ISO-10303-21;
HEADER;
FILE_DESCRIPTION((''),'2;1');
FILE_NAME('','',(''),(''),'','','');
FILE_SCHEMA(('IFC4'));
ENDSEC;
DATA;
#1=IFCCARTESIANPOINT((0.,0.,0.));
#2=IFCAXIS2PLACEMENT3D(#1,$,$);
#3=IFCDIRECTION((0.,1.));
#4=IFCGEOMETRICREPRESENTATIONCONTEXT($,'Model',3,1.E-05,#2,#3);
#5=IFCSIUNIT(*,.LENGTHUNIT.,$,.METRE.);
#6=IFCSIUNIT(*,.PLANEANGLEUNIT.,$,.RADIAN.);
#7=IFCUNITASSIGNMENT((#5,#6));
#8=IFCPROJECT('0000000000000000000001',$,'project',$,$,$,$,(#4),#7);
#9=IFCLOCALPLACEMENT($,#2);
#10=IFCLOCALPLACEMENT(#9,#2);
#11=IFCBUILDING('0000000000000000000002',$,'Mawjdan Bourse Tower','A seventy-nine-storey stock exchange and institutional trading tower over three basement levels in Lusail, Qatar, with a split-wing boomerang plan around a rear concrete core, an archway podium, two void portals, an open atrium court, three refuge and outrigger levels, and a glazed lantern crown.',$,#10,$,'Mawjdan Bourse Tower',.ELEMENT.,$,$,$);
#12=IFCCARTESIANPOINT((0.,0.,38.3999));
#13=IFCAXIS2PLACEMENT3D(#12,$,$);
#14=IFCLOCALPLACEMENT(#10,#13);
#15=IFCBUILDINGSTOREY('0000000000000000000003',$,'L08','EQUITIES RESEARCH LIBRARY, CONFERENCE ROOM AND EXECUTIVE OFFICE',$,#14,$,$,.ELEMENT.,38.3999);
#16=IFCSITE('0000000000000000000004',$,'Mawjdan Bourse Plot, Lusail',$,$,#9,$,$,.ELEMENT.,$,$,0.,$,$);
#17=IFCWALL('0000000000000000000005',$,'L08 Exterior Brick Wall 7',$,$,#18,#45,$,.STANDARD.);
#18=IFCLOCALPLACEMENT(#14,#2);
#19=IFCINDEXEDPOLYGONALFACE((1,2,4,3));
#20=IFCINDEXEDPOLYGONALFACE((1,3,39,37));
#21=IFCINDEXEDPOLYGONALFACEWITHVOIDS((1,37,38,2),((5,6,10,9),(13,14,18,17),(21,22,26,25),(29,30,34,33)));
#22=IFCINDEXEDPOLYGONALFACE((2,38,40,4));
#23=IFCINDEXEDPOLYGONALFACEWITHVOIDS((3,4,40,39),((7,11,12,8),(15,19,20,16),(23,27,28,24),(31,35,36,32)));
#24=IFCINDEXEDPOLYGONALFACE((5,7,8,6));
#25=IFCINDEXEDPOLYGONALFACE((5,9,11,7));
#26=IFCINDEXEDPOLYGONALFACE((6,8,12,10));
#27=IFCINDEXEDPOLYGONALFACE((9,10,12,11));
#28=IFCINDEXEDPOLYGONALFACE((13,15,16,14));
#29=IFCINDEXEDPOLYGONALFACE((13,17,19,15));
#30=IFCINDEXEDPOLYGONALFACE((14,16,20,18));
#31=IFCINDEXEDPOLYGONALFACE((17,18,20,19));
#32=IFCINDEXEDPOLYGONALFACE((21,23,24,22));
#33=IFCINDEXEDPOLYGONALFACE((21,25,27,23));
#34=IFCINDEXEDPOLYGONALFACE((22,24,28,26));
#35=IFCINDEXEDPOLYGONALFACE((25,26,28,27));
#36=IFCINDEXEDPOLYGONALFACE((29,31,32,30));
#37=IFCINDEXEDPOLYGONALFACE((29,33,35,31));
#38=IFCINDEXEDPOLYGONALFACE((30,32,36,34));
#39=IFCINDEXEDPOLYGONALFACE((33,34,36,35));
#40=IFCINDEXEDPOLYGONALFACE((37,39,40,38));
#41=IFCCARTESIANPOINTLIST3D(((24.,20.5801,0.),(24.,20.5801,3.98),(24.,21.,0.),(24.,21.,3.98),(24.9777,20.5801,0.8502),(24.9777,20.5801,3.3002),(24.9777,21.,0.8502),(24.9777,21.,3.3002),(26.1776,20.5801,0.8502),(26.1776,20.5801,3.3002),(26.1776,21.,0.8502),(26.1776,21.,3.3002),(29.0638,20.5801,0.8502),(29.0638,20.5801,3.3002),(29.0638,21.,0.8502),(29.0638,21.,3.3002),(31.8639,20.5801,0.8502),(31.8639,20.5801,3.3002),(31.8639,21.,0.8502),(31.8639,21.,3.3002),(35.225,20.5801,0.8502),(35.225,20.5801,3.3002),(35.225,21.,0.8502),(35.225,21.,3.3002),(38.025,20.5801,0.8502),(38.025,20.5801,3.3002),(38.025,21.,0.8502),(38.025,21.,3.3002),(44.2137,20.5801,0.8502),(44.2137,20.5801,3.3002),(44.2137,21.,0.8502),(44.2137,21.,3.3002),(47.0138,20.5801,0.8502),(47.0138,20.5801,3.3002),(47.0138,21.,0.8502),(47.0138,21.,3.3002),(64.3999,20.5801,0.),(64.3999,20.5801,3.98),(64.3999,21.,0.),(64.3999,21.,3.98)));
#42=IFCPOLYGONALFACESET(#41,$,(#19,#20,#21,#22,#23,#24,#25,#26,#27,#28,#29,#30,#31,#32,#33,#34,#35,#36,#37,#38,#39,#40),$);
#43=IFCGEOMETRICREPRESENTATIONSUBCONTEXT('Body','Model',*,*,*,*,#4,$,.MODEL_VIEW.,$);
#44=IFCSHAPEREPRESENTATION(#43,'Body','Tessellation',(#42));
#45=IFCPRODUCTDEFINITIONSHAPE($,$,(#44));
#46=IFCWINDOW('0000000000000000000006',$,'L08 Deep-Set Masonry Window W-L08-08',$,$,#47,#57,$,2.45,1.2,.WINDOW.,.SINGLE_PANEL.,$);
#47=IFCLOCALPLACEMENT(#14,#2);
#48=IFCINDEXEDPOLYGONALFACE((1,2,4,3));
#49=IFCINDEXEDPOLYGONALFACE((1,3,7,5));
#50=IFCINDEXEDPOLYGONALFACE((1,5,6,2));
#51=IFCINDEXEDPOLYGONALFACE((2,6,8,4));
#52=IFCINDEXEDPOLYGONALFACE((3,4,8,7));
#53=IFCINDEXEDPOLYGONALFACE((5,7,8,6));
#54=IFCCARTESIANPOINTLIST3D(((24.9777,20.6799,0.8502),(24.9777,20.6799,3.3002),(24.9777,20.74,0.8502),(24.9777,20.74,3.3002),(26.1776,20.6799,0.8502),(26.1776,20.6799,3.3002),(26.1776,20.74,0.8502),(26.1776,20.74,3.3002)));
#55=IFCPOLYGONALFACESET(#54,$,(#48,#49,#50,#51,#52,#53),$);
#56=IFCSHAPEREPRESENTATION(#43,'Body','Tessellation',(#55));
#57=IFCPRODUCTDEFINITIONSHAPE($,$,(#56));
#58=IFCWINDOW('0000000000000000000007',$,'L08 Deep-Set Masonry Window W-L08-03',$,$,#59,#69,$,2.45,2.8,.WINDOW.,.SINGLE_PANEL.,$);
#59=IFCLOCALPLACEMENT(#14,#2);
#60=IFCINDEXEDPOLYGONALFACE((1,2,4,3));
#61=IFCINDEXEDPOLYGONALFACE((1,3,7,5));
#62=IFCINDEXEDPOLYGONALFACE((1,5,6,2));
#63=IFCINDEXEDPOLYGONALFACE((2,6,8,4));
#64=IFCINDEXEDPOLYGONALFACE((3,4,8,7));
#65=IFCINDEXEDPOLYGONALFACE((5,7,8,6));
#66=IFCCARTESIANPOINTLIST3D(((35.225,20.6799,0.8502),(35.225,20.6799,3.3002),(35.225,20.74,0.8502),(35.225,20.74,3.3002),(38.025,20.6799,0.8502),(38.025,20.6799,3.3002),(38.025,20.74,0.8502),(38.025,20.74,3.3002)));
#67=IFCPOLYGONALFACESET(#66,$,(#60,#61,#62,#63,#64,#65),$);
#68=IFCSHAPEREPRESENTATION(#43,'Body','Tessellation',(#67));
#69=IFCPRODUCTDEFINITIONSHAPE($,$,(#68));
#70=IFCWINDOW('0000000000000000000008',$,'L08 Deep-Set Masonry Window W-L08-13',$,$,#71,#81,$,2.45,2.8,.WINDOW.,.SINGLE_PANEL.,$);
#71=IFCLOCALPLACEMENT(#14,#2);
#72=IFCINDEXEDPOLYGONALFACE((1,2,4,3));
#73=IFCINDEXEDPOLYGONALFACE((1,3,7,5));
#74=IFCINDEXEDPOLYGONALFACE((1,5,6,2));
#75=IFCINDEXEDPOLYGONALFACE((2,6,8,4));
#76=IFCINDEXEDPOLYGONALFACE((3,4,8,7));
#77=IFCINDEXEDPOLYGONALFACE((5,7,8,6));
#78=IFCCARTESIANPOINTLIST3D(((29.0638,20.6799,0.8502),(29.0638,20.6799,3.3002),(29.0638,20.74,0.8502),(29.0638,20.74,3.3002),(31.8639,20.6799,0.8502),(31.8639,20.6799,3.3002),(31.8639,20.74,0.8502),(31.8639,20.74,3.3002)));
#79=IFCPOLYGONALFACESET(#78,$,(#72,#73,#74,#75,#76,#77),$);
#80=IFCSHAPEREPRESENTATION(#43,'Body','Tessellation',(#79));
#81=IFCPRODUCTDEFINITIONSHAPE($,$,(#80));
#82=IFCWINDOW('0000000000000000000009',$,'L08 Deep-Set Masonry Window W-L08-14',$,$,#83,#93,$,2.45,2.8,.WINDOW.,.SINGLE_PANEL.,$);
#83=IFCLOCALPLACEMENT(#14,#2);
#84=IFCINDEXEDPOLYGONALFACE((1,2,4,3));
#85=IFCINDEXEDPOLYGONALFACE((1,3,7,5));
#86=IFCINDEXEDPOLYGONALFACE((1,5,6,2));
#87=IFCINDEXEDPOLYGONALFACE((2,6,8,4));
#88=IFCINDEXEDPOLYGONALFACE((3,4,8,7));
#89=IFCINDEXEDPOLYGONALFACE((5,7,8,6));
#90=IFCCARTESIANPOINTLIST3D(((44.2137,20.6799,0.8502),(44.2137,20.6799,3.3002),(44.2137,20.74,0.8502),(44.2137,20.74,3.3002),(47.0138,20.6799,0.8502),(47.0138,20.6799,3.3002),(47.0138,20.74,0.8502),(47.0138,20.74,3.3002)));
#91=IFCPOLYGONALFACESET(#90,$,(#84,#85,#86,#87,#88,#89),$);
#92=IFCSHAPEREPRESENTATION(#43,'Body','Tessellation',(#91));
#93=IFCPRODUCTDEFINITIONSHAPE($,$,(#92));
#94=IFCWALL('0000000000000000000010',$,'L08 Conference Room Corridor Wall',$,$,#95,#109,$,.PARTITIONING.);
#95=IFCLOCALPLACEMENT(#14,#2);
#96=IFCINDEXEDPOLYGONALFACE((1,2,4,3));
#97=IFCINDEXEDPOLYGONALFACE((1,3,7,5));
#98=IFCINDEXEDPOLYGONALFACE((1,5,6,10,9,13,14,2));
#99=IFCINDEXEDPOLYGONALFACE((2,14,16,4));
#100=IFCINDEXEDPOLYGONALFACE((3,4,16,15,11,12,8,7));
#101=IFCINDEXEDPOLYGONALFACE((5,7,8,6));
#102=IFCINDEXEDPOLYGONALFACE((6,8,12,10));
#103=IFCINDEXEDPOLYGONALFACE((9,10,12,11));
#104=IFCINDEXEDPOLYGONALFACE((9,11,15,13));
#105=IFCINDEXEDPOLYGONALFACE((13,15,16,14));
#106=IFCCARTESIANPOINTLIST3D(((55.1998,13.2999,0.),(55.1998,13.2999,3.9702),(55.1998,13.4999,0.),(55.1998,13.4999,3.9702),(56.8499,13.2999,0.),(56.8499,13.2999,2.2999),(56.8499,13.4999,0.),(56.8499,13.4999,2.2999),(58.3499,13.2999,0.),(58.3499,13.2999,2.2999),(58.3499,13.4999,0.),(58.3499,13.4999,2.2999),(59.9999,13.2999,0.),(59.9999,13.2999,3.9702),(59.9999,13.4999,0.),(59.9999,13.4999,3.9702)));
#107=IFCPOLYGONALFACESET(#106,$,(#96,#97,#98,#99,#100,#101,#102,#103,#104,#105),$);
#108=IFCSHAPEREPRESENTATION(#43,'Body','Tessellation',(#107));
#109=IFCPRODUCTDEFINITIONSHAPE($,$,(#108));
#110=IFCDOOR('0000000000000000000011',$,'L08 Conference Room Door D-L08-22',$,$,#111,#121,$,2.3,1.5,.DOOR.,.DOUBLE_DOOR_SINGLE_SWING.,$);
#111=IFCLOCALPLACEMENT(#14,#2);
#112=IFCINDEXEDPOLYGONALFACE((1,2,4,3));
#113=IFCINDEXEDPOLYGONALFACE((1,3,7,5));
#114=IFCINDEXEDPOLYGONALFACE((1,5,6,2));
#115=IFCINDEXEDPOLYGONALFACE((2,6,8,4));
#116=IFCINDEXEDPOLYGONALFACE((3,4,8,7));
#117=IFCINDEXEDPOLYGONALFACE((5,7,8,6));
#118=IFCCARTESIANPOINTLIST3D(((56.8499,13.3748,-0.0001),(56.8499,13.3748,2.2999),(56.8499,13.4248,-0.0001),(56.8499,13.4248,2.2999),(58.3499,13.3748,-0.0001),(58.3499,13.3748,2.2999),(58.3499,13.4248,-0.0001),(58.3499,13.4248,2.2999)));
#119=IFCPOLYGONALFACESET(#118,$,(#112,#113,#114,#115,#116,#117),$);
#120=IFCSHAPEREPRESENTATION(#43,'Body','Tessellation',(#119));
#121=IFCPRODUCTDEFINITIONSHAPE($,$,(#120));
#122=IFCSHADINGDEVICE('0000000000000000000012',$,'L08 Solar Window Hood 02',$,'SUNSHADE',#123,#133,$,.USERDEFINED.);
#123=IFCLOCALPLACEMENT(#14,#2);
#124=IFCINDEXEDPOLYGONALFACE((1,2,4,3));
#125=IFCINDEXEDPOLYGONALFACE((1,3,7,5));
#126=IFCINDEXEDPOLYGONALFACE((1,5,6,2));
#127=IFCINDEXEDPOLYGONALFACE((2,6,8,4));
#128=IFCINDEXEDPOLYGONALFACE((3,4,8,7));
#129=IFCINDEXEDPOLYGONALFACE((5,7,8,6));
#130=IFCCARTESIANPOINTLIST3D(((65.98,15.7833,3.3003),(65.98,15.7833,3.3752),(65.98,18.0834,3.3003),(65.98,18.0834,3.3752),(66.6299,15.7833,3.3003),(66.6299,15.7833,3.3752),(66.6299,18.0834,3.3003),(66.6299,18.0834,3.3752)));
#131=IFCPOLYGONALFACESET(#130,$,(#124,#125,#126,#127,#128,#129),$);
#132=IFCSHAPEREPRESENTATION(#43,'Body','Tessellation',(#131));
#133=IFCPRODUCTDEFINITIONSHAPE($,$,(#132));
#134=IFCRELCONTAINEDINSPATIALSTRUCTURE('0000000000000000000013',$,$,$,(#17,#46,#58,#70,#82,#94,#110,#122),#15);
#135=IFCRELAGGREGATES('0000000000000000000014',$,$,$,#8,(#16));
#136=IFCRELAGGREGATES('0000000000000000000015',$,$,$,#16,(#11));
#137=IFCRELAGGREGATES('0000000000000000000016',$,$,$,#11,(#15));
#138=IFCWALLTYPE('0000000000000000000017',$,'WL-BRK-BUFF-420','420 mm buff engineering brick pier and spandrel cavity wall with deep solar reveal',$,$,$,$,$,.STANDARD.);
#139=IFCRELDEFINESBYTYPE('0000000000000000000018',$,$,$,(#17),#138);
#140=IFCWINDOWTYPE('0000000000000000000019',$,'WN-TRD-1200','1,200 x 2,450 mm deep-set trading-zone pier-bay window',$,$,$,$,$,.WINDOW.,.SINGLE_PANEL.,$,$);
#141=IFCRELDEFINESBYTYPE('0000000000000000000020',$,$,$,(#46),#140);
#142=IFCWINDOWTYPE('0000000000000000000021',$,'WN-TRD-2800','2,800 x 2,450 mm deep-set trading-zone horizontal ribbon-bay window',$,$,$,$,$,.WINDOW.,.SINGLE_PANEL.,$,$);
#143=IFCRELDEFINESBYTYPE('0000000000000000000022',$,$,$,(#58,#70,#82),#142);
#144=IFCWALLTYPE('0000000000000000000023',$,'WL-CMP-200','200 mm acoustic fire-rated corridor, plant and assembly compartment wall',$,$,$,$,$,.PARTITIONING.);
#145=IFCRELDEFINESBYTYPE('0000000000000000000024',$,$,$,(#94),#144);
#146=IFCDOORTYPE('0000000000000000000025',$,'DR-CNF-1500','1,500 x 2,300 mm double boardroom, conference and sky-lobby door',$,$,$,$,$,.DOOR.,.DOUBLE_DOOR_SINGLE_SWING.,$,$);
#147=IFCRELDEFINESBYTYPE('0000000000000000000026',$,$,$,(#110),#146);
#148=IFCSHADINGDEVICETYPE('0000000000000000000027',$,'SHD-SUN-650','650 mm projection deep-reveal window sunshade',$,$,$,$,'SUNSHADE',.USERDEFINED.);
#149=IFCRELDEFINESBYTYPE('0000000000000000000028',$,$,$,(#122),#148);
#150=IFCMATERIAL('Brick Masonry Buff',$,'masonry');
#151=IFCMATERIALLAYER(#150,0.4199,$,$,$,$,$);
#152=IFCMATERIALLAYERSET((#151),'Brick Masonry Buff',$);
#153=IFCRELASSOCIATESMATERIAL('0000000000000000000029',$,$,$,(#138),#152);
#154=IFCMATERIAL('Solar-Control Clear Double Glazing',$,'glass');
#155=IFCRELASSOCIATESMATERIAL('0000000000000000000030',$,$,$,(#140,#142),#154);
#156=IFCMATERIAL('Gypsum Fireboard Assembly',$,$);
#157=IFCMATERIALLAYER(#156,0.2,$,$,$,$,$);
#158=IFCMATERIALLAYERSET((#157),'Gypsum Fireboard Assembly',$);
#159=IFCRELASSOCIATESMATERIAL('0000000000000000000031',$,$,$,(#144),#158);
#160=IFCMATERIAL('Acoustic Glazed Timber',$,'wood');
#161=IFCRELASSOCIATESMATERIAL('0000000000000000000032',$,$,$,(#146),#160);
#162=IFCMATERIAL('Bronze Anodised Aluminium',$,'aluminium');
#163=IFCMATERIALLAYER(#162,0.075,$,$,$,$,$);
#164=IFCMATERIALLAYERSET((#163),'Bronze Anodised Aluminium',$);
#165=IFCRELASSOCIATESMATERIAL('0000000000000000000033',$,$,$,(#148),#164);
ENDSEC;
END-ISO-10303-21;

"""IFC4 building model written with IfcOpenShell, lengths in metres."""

from ifc_helpers import new_model, si_unit, direction, frame, frame_2d, origin, origin_2d, place, context, subcontext, project, spatial, rectangle, extrude, material, layer, layer_set, type_object, element, fill, save


model = new_model("IFC4")

# Units and contexts
model_context = context("Model", 3, precision=1e-05, world=origin(), true_north=direction((0.0, 1.0)))
body_context = subcontext(model_context, "Body", "Model", "MODEL_VIEW")
ifc_project = project(units=[si_unit("LENGTHUNIT", "METRE"), si_unit("PLANEANGLEUNIT", "RADIAN")], contexts=[model_context])

# Site, building, storey
site_placement = place(None, origin())
site = spatial("IfcSite", under=ifc_project, at=site_placement, Name="Mawjdan Bourse Plot, Lusail", CompositionType="ELEMENT", RefElevation=0.0)
building_placement = place(site_placement, origin())
building = spatial("IfcBuilding", under=site, at=building_placement, Name="Mawjdan Bourse Tower", Description="A seventy-nine-storey stock exchange and institutional trading tower over three basement levels in Lusail, Qatar, with a split-wing boomerang plan around a rear concrete core, an archway podium, two void portals, an open atrium court, three refuge and outrigger levels, and a glazed lantern crown.", LongName="Mawjdan Bourse Tower", CompositionType="ELEMENT")
storey_placement = place(building_placement, frame((0.0, 0.0, 38.3999)))
storey = spatial("IfcBuildingStorey", under=building, at=storey_placement, Name="L08", Description="EQUITIES RESEARCH LIBRARY, CONFERENCE ROOM AND EXECUTIVE OFFICE", CompositionType="ELEMENT", Elevation=38.3999)

# Shared definitions
ifc_material_1 = material(Name="Brick Masonry Buff", Category="masonry")
ifc_layer_1 = layer(ifc_material_1, 0.4199)
ifc_layer_set_1 = layer_set([ifc_layer_1], Name="Brick Masonry Buff")
wall_type_1 = type_object("IfcWallType", Name="WL-BRK-BUFF-420", Description="420 mm buff engineering brick pier and spandrel cavity wall with deep solar reveal", PredefinedType="STANDARD", material=ifc_layer_set_1)

# Wall, openings, windows
wall_1_placement = place(storey_placement, frame((64.3999, 20.79, 0.0), z_axis=(0.0, 0.0, 1.0), x_axis=(-1.0, 0.0, 0.0)))
wall_1 = element("IfcWall", 1, at=wall_1_placement, inside=storey, type_object=wall_type_1, Name="L08 Exterior Brick Wall 7", PredefinedType="STANDARD", context=body_context, shape_type="SweptSolid", body=[
    extrude(rectangle(XDim=40.3999, YDim=0.4199, at=frame_2d((20.2, 0.0))), origin(), (0.0, 0.0, 1.0), 3.98),
])
opening_1_placement = place(wall_1_placement, frame((26.375, 0.0, 0.8501)))
opening_1 = element("IfcOpeningElement", 2, at=opening_1_placement, cuts=wall_1, PredefinedType="OPENING", context=body_context, shape_type="SweptSolid", body=[
    extrude(rectangle(XDim=2.8, YDim=2.45, at=frame_2d((1.3999, 1.2251))), frame((0.0, 0.22, 0.0), z_axis=(0.0, -1.0, 0.0), x_axis=(1.0, 0.0, 0.0)), (0.0, 0.0, 1.0), 0.4399),
])
opening_2_placement = place(wall_1_placement, frame((38.2222, 0.0, 0.8501)))
opening_2 = element("IfcOpeningElement", 3, at=opening_2_placement, cuts=wall_1, PredefinedType="OPENING", context=body_context, shape_type="SweptSolid", body=[
    extrude(rectangle(XDim=1.2, YDim=2.45, at=frame_2d((0.6001, 1.2251))), frame((0.0, 0.22, 0.0), z_axis=(0.0, -1.0, 0.0), x_axis=(1.0, 0.0, 0.0)), (0.0, 0.0, 1.0), 0.4399),
])
opening_3_placement = place(wall_1_placement, frame((32.5361, 0.0, 0.8501)))
opening_3 = element("IfcOpeningElement", 4, at=opening_3_placement, cuts=wall_1, PredefinedType="OPENING", context=body_context, shape_type="SweptSolid", body=[
    extrude(rectangle(XDim=2.8, YDim=2.45, at=frame_2d((1.3999, 1.2251))), frame((0.0, 0.22, 0.0), z_axis=(0.0, -1.0, 0.0), x_axis=(1.0, 0.0, 0.0)), (0.0, 0.0, 1.0), 0.4399),
])
opening_4_placement = place(wall_1_placement, frame((17.3862, 0.0, 0.8501)))
opening_4 = element("IfcOpeningElement", 5, at=opening_4_placement, cuts=wall_1, PredefinedType="OPENING", context=body_context, shape_type="SweptSolid", body=[
    extrude(rectangle(XDim=2.8, YDim=2.45, at=frame_2d((1.3999, 1.2251))), frame((0.0, 0.22, 0.0), z_axis=(0.0, -1.0, 0.0), x_axis=(1.0, 0.0, 0.0)), (0.0, 0.0, 1.0), 0.4399),
])
ifc_material_2 = material(Name="Solar-Control Clear Double Glazing", Category="glass")
window_type_1 = type_object("IfcWindowType", Name="WN-TRD-1200", Description="1,200 x 2,450 mm deep-set trading-zone pier-bay window", PartitioningType="SINGLE_PANEL", PredefinedType="WINDOW", material=ifc_material_2)
window_1_placement = place(opening_2_placement, origin())
window_1 = element("IfcWindow", 6, at=window_1_placement, inside=storey, type_object=window_type_1, Name="L08 Deep-Set Masonry Window W-L08-08", OverallHeight=2.45, OverallWidth=1.2, PartitioningType="SINGLE_PANEL", PredefinedType="WINDOW", context=body_context, shape_type="SweptSolid", body=[
    extrude(rectangle(XDim=1.2, YDim=2.45, at=frame_2d((0.6001, 1.2251))), frame((0.0, 0.1101, 0.0), z_axis=(0.0, -1.0, 0.0), x_axis=(1.0, 0.0, 0.0)), (0.0, 0.0, 1.0), 0.0601),
])
fill(opening_2, window_1)
window_type_2 = type_object("IfcWindowType", Name="WN-TRD-2800", Description="2,800 x 2,450 mm deep-set trading-zone horizontal ribbon-bay window", PartitioningType="SINGLE_PANEL", PredefinedType="WINDOW", material=ifc_material_2)
window_2_placement = place(opening_1_placement, origin())
window_2 = element("IfcWindow", 7, at=window_2_placement, inside=storey, type_object=window_type_2, Name="L08 Deep-Set Masonry Window W-L08-03", OverallHeight=2.45, OverallWidth=2.8, PartitioningType="SINGLE_PANEL", PredefinedType="WINDOW", context=body_context, shape_type="SweptSolid", body=[
    extrude(rectangle(XDim=2.8, YDim=2.45, at=frame_2d((1.3999, 1.2251))), frame((0.0, 0.1101, 0.0), z_axis=(0.0, -1.0, 0.0), x_axis=(1.0, 0.0, 0.0)), (0.0, 0.0, 1.0), 0.0601),
])
fill(opening_1, window_2)
window_3_placement = place(opening_3_placement, origin())
window_3 = element("IfcWindow", 8, at=window_3_placement, inside=storey, type_object=window_type_2, Name="L08 Deep-Set Masonry Window W-L08-13", OverallHeight=2.45, OverallWidth=2.8, PartitioningType="SINGLE_PANEL", PredefinedType="WINDOW", context=body_context, shape_type="SweptSolid", body=[
    extrude(rectangle(XDim=2.8, YDim=2.45, at=frame_2d((1.3999, 1.2251))), frame((0.0, 0.1101, 0.0), z_axis=(0.0, -1.0, 0.0), x_axis=(1.0, 0.0, 0.0)), (0.0, 0.0, 1.0), 0.0601),
])
fill(opening_3, window_3)
window_4_placement = place(opening_4_placement, origin())
window_4 = element("IfcWindow", 9, at=window_4_placement, inside=storey, type_object=window_type_2, Name="L08 Deep-Set Masonry Window W-L08-14", OverallHeight=2.45, OverallWidth=2.8, PartitioningType="SINGLE_PANEL", PredefinedType="WINDOW", context=body_context, shape_type="SweptSolid", body=[
    extrude(rectangle(XDim=2.8, YDim=2.45, at=frame_2d((1.3999, 1.2251))), frame((0.0, 0.1101, 0.0), z_axis=(0.0, -1.0, 0.0), x_axis=(1.0, 0.0, 0.0)), (0.0, 0.0, 1.0), 0.0601),
])
fill(opening_4, window_4)

# Wall, opening, door
ifc_material_3 = material(Name="Gypsum Fireboard Assembly")
ifc_layer_2 = layer(ifc_material_3, 0.2)
ifc_layer_set_2 = layer_set([ifc_layer_2], Name="Gypsum Fireboard Assembly")
wall_type_2 = type_object("IfcWallType", Name="WL-CMP-200", Description="200 mm acoustic fire-rated corridor, plant and assembly compartment wall", PredefinedType="PARTITIONING", material=ifc_layer_set_2)
wall_2_placement = place(storey_placement, frame((55.2, 13.3999, 0.0), z_axis=(0.0, 0.0, 1.0), x_axis=(1.0, 0.0, 0.0)))
wall_2 = element("IfcWall", 10, at=wall_2_placement, inside=storey, type_object=wall_type_2, Name="L08 Conference Room Corridor Wall", PredefinedType="PARTITIONING", context=body_context, shape_type="SweptSolid", body=[
    extrude(rectangle(XDim=4.8, YDim=0.2, at=frame_2d((2.3999, 0.0))), origin(), (0.0, 0.0, 1.0), 3.9702),
])
opening_5_placement = place(wall_2_placement, frame((1.6499, 0.0, 0.0)))
opening_5 = element("IfcOpeningElement", 11, at=opening_5_placement, cuts=wall_2, PredefinedType="OPENING", context=body_context, shape_type="SweptSolid", body=[
    extrude(rectangle(XDim=1.5, YDim=2.3, at=frame_2d((0.75, 1.1499))), frame((0.0, 0.1099, 0.0), z_axis=(0.0, -1.0, 0.0), x_axis=(1.0, 0.0, 0.0)), (0.0, 0.0, 1.0), 0.22),
])
ifc_material_4 = material(Name="Acoustic Glazed Timber", Category="wood")
door_type = type_object("IfcDoorType", Name="DR-CNF-1500", Description="1,500 x 2,300 mm double boardroom, conference and sky-lobby door", OperationType="DOUBLE_DOOR_SINGLE_SWING", PredefinedType="DOOR", material=ifc_material_4)
door_placement = place(opening_5_placement, origin())
door = element("IfcDoor", 12, at=door_placement, inside=storey, type_object=door_type, Name="L08 Conference Room Door D-L08-22", OperationType="DOUBLE_DOOR_SINGLE_SWING", OverallHeight=2.3, OverallWidth=1.5, PredefinedType="DOOR", context=body_context, shape_type="SweptSolid", body=[
    extrude(rectangle(XDim=1.5, YDim=2.3, at=frame_2d((0.75, 1.1499))), frame((0.0, 0.0249, 0.0), z_axis=(0.0, -1.0, 0.0), x_axis=(1.0, 0.0, 0.0)), (0.0, 0.0, 1.0), 0.05),
])
fill(opening_5, door)

# Shading device
ifc_material_5 = material(Name="Bronze Anodised Aluminium", Category="aluminium")
ifc_layer_3 = layer(ifc_material_5, 0.075)
ifc_layer_set_3 = layer_set([ifc_layer_3], Name="Bronze Anodised Aluminium")
shading_device_type = type_object("IfcShadingDeviceType", Name="SHD-SUN-650", Description="650 mm projection deep-reveal window sunshade", ElementType="SUNSHADE", PredefinedType="USERDEFINED", material=ifc_layer_set_3)
shading_device_placement = place(storey_placement, frame((66.3049, 16.9333, 3.3003), z_axis=(0.0, 0.0, 1.0), x_axis=(0.0, 1.0, 0.0)))
element("IfcShadingDevice", 13, at=shading_device_placement, inside=storey, type_object=shading_device_type, Name="L08 Solar Window Hood 02", ObjectType="SUNSHADE", PredefinedType="USERDEFINED", context=body_context, shape_type="SweptSolid", body=[
    extrude(rectangle(XDim=2.3, YDim=0.6499, at=origin_2d()), origin(), (0.0, 0.0, 1.0), 0.075),
])

save(model, "model.ifc")
